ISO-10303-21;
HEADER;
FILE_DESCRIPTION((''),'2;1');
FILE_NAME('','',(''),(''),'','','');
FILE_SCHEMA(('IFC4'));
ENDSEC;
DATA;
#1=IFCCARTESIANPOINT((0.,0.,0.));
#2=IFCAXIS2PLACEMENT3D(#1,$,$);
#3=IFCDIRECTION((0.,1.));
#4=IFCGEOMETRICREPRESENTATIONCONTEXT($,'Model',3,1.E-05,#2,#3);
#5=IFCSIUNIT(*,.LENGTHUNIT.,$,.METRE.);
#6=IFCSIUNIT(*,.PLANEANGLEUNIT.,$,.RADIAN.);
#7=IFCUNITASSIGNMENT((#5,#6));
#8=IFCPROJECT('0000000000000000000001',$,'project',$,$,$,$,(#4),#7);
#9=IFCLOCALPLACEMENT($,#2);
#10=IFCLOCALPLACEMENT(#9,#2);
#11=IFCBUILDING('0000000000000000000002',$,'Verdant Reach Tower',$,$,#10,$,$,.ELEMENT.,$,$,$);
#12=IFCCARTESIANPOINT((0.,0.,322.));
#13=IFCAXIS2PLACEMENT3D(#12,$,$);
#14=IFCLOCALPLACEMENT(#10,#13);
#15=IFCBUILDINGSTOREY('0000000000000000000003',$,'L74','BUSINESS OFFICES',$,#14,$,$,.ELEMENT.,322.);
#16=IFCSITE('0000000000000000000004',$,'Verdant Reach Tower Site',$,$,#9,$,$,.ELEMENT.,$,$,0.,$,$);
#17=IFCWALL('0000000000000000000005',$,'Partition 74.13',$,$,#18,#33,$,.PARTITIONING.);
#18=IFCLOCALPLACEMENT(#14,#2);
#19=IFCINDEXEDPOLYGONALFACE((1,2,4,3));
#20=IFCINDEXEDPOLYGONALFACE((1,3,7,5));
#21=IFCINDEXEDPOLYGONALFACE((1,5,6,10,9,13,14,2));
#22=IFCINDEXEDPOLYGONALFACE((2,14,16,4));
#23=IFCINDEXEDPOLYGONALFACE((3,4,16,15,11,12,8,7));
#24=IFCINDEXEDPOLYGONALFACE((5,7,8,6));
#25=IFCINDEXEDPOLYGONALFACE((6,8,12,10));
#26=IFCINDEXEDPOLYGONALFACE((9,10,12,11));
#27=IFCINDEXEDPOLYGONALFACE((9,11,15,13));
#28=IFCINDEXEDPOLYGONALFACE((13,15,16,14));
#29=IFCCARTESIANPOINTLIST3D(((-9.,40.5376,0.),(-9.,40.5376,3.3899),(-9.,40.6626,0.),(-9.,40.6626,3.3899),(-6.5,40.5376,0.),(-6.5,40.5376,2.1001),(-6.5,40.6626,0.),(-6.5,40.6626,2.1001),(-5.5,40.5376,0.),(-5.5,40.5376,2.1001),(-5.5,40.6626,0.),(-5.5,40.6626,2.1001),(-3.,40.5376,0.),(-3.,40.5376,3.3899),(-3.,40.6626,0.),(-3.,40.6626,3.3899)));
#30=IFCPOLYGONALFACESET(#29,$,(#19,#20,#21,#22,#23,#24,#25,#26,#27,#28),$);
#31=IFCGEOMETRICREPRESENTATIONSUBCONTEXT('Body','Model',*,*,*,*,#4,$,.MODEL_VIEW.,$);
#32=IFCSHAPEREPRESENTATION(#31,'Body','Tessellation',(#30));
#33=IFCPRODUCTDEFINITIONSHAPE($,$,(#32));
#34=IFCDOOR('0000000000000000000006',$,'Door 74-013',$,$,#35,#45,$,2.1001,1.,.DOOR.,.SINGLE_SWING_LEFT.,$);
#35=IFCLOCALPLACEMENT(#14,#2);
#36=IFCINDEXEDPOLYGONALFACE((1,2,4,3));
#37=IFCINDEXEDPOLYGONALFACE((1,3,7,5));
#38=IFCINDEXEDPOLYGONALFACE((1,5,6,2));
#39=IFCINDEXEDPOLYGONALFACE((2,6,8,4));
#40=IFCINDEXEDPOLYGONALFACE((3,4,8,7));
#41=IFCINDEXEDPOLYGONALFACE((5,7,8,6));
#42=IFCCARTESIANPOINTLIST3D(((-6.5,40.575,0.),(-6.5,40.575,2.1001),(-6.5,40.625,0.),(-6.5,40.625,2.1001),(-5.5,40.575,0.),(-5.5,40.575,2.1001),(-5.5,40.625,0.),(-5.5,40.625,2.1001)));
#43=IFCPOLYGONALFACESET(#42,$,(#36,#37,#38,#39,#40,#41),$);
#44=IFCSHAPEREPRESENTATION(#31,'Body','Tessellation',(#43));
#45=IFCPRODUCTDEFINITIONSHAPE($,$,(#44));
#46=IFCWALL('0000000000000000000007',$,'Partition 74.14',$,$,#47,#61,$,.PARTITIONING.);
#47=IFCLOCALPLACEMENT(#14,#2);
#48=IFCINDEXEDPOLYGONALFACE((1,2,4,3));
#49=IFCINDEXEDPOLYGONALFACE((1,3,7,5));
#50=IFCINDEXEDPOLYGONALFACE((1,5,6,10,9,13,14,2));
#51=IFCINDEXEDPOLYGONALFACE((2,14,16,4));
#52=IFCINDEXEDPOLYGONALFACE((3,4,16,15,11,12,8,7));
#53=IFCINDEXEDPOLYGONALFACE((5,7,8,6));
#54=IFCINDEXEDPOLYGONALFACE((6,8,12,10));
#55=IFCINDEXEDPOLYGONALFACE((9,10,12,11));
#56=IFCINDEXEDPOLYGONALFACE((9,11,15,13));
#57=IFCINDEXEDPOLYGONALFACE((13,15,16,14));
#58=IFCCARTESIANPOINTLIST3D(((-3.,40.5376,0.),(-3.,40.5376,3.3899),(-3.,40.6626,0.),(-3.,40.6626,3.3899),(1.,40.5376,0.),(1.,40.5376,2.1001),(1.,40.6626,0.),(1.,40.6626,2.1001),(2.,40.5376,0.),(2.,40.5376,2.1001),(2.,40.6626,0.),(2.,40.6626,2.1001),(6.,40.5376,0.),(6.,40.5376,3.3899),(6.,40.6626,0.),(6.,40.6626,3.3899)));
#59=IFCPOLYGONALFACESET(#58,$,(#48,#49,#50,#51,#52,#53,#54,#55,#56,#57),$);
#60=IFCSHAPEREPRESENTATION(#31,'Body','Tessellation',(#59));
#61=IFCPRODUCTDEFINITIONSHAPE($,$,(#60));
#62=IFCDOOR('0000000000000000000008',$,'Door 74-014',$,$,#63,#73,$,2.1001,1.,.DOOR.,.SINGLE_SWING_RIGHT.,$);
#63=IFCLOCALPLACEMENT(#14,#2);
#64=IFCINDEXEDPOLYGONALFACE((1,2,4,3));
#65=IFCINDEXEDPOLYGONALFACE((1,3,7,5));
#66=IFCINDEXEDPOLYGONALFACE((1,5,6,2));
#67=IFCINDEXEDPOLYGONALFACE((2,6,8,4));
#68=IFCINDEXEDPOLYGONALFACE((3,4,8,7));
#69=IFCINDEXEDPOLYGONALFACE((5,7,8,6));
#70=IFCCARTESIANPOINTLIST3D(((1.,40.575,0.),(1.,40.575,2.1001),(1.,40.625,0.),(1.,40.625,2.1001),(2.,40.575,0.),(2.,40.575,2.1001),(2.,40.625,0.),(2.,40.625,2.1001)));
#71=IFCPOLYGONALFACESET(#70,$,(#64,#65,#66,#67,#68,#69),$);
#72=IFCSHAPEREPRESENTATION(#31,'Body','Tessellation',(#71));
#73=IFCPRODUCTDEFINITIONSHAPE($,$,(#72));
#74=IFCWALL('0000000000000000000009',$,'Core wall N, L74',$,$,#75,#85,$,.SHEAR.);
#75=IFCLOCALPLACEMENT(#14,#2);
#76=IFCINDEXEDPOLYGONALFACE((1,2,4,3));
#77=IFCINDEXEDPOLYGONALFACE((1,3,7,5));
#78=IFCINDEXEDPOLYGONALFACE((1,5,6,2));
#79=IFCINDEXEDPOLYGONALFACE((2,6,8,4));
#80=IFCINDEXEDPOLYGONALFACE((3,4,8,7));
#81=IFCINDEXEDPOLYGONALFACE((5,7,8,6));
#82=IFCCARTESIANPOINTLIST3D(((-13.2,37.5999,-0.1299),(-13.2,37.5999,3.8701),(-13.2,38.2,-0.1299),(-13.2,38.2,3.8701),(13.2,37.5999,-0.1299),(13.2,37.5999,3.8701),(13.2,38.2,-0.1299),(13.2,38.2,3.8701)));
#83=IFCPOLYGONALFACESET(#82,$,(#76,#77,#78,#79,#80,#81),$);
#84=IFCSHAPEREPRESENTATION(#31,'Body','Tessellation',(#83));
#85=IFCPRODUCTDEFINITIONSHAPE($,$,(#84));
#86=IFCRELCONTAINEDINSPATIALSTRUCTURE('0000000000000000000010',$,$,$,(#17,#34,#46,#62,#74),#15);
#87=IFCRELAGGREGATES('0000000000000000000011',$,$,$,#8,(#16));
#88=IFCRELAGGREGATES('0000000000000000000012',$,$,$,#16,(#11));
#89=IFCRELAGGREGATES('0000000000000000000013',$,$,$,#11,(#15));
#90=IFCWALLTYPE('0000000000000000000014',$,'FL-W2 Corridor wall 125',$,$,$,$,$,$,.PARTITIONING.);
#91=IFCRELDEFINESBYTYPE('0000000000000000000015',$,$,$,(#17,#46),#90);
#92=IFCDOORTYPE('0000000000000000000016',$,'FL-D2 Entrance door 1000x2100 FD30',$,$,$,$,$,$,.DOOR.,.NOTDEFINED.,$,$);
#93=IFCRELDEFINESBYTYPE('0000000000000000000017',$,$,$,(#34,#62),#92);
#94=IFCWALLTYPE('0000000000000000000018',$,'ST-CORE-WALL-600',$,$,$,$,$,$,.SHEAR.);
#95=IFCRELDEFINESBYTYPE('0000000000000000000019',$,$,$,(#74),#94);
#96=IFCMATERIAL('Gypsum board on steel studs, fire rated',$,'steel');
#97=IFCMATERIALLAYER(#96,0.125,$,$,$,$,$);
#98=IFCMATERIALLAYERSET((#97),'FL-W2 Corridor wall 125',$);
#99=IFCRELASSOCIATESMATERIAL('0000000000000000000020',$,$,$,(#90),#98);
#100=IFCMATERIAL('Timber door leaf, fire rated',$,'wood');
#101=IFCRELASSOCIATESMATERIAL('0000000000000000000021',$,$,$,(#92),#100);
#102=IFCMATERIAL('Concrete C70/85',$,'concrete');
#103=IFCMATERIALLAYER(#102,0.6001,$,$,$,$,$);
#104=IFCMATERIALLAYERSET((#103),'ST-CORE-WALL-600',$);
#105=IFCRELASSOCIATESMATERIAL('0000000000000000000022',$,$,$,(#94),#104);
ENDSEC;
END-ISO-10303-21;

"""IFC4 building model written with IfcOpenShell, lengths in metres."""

from ifc_helpers import new_model, si_unit, direction, frame, frame_2d, origin, place, context, subcontext, project, spatial, rectangle, extrude, material, layer, layer_set, type_object, element, fill, save


model = new_model("IFC4")

# Units and contexts
model_context = context("Model", 3, precision=1e-05, world=origin(), true_north=direction((0.0, 1.0)))
body_context = subcontext(model_context, "Body", "Model", "MODEL_VIEW")
ifc_project = project(units=[si_unit("LENGTHUNIT", "METRE"), si_unit("PLANEANGLEUNIT", "RADIAN")], contexts=[model_context])

# Site, building, storey
site_placement = place(None, origin())
site = spatial("IfcSite", under=ifc_project, at=site_placement, Name="Verdant Reach Tower Site", CompositionType="ELEMENT", RefElevation=0.0)
building_placement = place(site_placement, origin())
building = spatial("IfcBuilding", under=site, at=building_placement, Name="Verdant Reach Tower", CompositionType="ELEMENT")
storey_placement = place(building_placement, frame((0.0, 0.0, 322.0)))
storey = spatial("IfcBuildingStorey", under=building, at=storey_placement, Name="L74", Description="BUSINESS OFFICES", CompositionType="ELEMENT", Elevation=322.0)

# Walls, openings, doors
ifc_material_1 = material(Name="Gypsum board on steel studs, fire rated", Category="steel")
ifc_layer_1 = layer(ifc_material_1, 0.125)
ifc_layer_set_1 = layer_set([ifc_layer_1], Name="FL-W2 Corridor wall 125")
wall_type_1 = type_object("IfcWallType", Name="FL-W2 Corridor wall 125", PredefinedType="PARTITIONING", material=ifc_layer_set_1)
wall_1_placement = place(storey_placement, frame((-9.0, 40.6001, 0.0), z_axis=(0.0, 0.0, 1.0), x_axis=(1.0, 0.0, 0.0)))
wall_1 = element("IfcWall", 1, at=wall_1_placement, inside=storey, type_object=wall_type_1, Name="Partition 74.13", PredefinedType="PARTITIONING", context=body_context, shape_type="SweptSolid", body=[
    extrude(rectangle(XDim=6.0, YDim=0.125, at=frame_2d((3.0, 0.0))), origin(), (0.0, 0.0, 1.0), 3.3899),
])
opening_1_placement = place(wall_1_placement, frame((2.5, 0.0, 0.0)))
opening_1 = element("IfcOpeningElement", 2, at=opening_1_placement, cuts=wall_1, PredefinedType="OPENING", context=body_context, shape_type="SweptSolid", body=[
    extrude(rectangle(XDim=1.0, YDim=2.1001, at=frame_2d((0.5, 1.05))), frame((0.0, 0.0725, 0.0), z_axis=(0.0, -1.0, 0.0), x_axis=(1.0, 0.0, 0.0)), (0.0, 0.0, 1.0), 0.145),
])
ifc_material_2 = material(Name="Timber door leaf, fire rated", Category="wood")
door_type = type_object("IfcDoorType", Name="FL-D2 Entrance door 1000x2100 FD30", OperationType="NOTDEFINED", PredefinedType="DOOR", material=ifc_material_2)
door_1_placement = place(opening_1_placement, origin())
door_1 = element("IfcDoor", 3, at=door_1_placement, inside=storey, type_object=door_type, Name="Door 74-013", OperationType="SINGLE_SWING_LEFT", OverallHeight=2.1001, OverallWidth=1.0, PredefinedType="DOOR", context=body_context, shape_type="SweptSolid", body=[
    extrude(rectangle(XDim=1.0, YDim=2.1001, at=frame_2d((0.5, 1.05))), frame((0.0, 0.0249, 0.0), z_axis=(0.0, -1.0, 0.0), x_axis=(1.0, 0.0, 0.0)), (0.0, 0.0, 1.0), 0.05),
])
fill(opening_1, door_1)
wall_2_placement = place(storey_placement, frame((-3.0, 40.6001, 0.0), z_axis=(0.0, 0.0, 1.0), x_axis=(1.0, 0.0, 0.0)))
wall_2 = element("IfcWall", 4, at=wall_2_placement, inside=storey, type_object=wall_type_1, Name="Partition 74.14", PredefinedType="PARTITIONING", context=body_context, shape_type="SweptSolid", body=[
    extrude(rectangle(XDim=9.0, YDim=0.125, at=frame_2d((4.5, 0.0))), origin(), (0.0, 0.0, 1.0), 3.3899),
])
opening_2_placement = place(wall_2_placement, frame((4.0, 0.0, 0.0)))
opening_2 = element("IfcOpeningElement", 5, at=opening_2_placement, cuts=wall_2, PredefinedType="OPENING", context=body_context, shape_type="SweptSolid", body=[
    extrude(rectangle(XDim=1.0, YDim=2.1001, at=frame_2d((0.5, 1.05))), frame((0.0, 0.0725, 0.0), z_axis=(0.0, -1.0, 0.0), x_axis=(1.0, 0.0, 0.0)), (0.0, 0.0, 1.0), 0.145),
])
door_2_placement = place(opening_2_placement, origin())
door_2 = element("IfcDoor", 6, at=door_2_placement, inside=storey, type_object=door_type, Name="Door 74-014", OperationType="SINGLE_SWING_RIGHT", OverallHeight=2.1001, OverallWidth=1.0, PredefinedType="DOOR", context=body_context, shape_type="SweptSolid", body=[
    extrude(rectangle(XDim=1.0, YDim=2.1001, at=frame_2d((0.5, 1.05))), frame((0.0, 0.0249, 0.0), z_axis=(0.0, -1.0, 0.0), x_axis=(1.0, 0.0, 0.0)), (0.0, 0.0, 1.0), 0.05),
])
fill(opening_2, door_2)

# Wall
ifc_material_3 = material(Name="Concrete C70/85", Category="concrete")
ifc_layer_2 = layer(ifc_material_3, 0.6001)
ifc_layer_set_2 = layer_set([ifc_layer_2], Name="ST-CORE-WALL-600")
wall_type_2 = type_object("IfcWallType", Name="ST-CORE-WALL-600", PredefinedType="SHEAR", material=ifc_layer_set_2)
wall_3_placement = place(storey_placement, frame((-13.2, 37.8999, -0.1299), z_axis=(0.0, 0.0, 1.0), x_axis=(1.0, 0.0, 0.0)))
element("IfcWall", 7, at=wall_3_placement, inside=storey, type_object=wall_type_2, Name="Core wall N, L74", PredefinedType="SHEAR", context=body_context, shape_type="SweptSolid", body=[
    extrude(rectangle(XDim=26.3999, YDim=0.6001, at=frame_2d((13.2, 0.0))), origin(), (0.0, 0.0, 1.0), 4.0),
])

save(model, "model.ifc")
